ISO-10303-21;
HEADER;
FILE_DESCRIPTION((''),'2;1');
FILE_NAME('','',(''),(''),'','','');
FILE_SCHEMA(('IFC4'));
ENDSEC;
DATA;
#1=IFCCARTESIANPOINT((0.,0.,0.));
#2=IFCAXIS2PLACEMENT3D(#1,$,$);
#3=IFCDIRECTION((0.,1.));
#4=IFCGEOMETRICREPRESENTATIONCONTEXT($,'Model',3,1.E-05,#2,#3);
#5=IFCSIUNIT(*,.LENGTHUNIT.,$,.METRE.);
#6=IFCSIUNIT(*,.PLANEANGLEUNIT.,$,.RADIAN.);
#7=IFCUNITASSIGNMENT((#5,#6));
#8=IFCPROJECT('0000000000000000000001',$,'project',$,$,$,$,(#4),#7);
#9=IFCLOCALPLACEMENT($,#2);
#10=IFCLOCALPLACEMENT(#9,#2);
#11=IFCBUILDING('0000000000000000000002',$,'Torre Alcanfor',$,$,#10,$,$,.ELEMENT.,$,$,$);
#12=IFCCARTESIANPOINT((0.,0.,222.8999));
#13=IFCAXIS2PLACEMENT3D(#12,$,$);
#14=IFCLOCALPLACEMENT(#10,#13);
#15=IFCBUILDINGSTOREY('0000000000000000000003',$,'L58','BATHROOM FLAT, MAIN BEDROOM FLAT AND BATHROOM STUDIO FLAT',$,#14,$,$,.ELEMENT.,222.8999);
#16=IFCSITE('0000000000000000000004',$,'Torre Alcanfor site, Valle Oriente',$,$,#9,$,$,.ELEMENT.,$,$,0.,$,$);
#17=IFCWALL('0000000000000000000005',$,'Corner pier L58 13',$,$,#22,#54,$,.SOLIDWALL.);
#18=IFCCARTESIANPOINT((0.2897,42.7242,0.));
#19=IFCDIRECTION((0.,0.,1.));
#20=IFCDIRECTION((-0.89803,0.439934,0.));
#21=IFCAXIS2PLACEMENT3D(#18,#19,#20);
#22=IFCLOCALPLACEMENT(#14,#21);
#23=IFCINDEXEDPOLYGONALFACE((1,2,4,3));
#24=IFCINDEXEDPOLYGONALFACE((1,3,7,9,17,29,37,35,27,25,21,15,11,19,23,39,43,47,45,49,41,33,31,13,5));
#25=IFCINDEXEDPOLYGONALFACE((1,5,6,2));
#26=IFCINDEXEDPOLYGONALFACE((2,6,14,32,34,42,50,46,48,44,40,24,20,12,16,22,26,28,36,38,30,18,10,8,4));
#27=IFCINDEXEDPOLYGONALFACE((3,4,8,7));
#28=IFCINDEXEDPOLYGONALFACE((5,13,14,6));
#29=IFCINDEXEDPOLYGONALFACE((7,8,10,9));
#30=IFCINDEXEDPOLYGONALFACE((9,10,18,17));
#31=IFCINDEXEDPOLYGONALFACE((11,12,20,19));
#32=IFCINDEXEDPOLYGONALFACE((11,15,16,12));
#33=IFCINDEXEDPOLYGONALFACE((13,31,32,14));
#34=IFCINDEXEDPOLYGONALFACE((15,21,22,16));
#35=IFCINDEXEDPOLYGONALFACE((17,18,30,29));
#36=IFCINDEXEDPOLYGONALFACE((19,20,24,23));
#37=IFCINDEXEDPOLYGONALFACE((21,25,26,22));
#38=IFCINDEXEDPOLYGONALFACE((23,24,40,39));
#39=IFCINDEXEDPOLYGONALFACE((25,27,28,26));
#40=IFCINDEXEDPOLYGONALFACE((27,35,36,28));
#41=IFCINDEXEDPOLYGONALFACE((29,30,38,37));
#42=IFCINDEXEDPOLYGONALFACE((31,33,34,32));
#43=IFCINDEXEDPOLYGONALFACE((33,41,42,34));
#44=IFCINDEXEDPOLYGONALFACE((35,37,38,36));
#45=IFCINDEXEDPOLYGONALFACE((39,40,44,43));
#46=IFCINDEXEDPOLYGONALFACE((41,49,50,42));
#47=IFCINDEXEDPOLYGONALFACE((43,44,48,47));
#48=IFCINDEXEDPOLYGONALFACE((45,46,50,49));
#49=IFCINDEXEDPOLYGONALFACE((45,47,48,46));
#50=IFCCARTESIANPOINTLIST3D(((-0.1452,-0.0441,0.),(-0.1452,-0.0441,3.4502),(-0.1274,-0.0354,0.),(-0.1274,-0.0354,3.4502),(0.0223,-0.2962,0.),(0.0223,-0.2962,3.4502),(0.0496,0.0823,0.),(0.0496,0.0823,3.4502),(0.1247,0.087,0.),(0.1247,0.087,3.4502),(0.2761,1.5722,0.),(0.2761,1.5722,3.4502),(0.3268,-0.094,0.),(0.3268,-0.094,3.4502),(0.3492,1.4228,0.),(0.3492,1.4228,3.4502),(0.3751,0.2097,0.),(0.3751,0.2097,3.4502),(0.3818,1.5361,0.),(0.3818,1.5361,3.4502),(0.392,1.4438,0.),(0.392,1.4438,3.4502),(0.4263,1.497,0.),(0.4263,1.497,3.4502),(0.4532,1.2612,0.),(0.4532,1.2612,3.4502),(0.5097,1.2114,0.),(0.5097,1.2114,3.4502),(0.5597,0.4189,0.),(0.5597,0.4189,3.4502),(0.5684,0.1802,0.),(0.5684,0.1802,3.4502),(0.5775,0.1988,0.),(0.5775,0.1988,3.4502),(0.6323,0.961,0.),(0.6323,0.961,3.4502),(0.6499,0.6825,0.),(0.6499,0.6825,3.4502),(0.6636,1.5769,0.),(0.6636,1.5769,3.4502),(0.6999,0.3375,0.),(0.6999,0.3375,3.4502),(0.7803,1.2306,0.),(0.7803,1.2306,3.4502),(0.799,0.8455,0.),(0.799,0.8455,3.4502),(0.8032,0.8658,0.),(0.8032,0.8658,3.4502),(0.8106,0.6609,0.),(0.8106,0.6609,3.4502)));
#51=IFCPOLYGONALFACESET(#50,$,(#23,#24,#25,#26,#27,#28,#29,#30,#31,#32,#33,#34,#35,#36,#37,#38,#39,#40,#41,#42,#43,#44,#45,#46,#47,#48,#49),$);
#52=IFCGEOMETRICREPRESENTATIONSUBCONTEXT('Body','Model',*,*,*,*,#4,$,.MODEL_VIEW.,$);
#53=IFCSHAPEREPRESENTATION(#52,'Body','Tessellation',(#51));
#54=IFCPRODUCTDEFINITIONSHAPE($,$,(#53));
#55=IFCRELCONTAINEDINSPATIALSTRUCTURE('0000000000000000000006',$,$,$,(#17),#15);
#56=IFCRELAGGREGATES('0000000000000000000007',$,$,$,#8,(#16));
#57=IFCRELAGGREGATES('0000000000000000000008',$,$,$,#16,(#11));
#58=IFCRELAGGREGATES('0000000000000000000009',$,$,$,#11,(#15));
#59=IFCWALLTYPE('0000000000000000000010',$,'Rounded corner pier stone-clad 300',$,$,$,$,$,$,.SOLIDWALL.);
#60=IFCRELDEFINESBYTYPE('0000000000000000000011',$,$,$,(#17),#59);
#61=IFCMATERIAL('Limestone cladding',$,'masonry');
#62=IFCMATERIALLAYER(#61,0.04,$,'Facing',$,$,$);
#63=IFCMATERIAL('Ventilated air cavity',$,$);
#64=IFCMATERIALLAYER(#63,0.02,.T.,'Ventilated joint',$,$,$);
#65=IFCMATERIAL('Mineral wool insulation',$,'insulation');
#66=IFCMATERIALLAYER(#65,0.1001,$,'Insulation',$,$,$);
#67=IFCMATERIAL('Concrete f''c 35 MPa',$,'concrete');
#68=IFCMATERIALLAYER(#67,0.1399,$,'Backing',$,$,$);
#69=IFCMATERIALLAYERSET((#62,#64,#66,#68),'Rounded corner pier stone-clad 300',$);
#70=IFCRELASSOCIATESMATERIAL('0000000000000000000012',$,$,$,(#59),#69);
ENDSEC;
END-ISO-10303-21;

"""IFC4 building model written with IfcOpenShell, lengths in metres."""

from ifc_helpers import new_model, si_unit, direction, frame, origin, place, context, subcontext, project, spatial, polyline, outline, extrude, material, layer, layer_set, type_object, element, save


model = new_model("IFC4")

# Units and contexts
model_context = context("Model", 3, precision=1e-05, world=origin(), true_north=direction((0.0, 1.0)))
body_context = subcontext(model_context, "Body", "Model", "MODEL_VIEW")
ifc_project = project(units=[si_unit("LENGTHUNIT", "METRE"), si_unit("PLANEANGLEUNIT", "RADIAN")], contexts=[model_context])

# Site, building, storey
site_placement = place(None, origin())
site = spatial("IfcSite", under=ifc_project, at=site_placement, Name="Torre Alcanfor site, Valle Oriente", CompositionType="ELEMENT", RefElevation=0.0)
building_placement = place(site_placement, origin())
building = spatial("IfcBuilding", under=site, at=building_placement, Name="Torre Alcanfor", CompositionType="ELEMENT")
storey_placement = place(building_placement, frame((0.0, 0.0, 222.8999)))
storey = spatial("IfcBuildingStorey", under=building, at=storey_placement, Name="L58", Description="BATHROOM FLAT, MAIN BEDROOM FLAT AND BATHROOM STUDIO FLAT", CompositionType="ELEMENT", Elevation=222.8999)

# Wall
ifc_material_1 = material(Name="Limestone cladding", Category="masonry")
ifc_layer_1 = layer(ifc_material_1, 0.04, Name="Facing")
ifc_material_2 = material(Name="Ventilated air cavity")
ifc_layer_2 = layer(ifc_material_2, 0.02, ventilated=True, Name="Ventilated joint")
ifc_material_3 = material(Name="Mineral wool insulation", Category="insulation")
ifc_layer_3 = layer(ifc_material_3, 0.1001, Name="Insulation")
ifc_material_4 = material(Name="Concrete f'c 35 MPa", Category="concrete")
ifc_layer_4 = layer(ifc_material_4, 0.1399, Name="Backing")
ifc_layer_set_1 = layer_set([ifc_layer_1, ifc_layer_2, ifc_layer_3, ifc_layer_4], Name="Rounded corner pier stone-clad 300")
wall_type_1 = type_object("IfcWallType", Name="Rounded corner pier stone-clad 300", PredefinedType="SOLIDWALL", material=ifc_layer_set_1)
wall_1_placement = place(storey_placement, frame((0.2897, 42.7242, 0.0), z_axis=(0.0, 0.0, 1.0), x_axis=(-0.89803, 0.439934, 0.0)))
element("IfcWall", 1, at=wall_1_placement, inside=storey, type_object=wall_type_1, Name="Corner pier L58 13", PredefinedType="SOLIDWALL", context=body_context, shape_type="SweptSolid", body=[
    extrude(outline(polyline([(-0.1452, -0.0441), (0.0223, -0.2962), (0.3268, -0.094), (0.5684, 0.1802), (0.5775, 0.1988), (0.6999, 0.3375), (0.8106, 0.6609), (0.799, 0.8455), (0.8032, 0.8658), (0.7803, 1.2306), (0.6636, 1.5769), (0.4263, 1.497), (0.3818, 1.5361), (0.2761, 1.5722), (0.3492, 1.4228), (0.392, 1.4438), (0.4532, 1.2612), (0.5097, 1.2114), (0.6323, 0.961), (0.6499, 0.6825), (0.5597, 0.4189), (0.3751, 0.2097), (0.1247, 0.087), (0.0496, 0.0823), (-0.1274, -0.0354), (-0.1452, -0.0441)])), origin(), (0.0, 0.0, 1.0), 3.4502),
])

save(model, "model.ifc")
